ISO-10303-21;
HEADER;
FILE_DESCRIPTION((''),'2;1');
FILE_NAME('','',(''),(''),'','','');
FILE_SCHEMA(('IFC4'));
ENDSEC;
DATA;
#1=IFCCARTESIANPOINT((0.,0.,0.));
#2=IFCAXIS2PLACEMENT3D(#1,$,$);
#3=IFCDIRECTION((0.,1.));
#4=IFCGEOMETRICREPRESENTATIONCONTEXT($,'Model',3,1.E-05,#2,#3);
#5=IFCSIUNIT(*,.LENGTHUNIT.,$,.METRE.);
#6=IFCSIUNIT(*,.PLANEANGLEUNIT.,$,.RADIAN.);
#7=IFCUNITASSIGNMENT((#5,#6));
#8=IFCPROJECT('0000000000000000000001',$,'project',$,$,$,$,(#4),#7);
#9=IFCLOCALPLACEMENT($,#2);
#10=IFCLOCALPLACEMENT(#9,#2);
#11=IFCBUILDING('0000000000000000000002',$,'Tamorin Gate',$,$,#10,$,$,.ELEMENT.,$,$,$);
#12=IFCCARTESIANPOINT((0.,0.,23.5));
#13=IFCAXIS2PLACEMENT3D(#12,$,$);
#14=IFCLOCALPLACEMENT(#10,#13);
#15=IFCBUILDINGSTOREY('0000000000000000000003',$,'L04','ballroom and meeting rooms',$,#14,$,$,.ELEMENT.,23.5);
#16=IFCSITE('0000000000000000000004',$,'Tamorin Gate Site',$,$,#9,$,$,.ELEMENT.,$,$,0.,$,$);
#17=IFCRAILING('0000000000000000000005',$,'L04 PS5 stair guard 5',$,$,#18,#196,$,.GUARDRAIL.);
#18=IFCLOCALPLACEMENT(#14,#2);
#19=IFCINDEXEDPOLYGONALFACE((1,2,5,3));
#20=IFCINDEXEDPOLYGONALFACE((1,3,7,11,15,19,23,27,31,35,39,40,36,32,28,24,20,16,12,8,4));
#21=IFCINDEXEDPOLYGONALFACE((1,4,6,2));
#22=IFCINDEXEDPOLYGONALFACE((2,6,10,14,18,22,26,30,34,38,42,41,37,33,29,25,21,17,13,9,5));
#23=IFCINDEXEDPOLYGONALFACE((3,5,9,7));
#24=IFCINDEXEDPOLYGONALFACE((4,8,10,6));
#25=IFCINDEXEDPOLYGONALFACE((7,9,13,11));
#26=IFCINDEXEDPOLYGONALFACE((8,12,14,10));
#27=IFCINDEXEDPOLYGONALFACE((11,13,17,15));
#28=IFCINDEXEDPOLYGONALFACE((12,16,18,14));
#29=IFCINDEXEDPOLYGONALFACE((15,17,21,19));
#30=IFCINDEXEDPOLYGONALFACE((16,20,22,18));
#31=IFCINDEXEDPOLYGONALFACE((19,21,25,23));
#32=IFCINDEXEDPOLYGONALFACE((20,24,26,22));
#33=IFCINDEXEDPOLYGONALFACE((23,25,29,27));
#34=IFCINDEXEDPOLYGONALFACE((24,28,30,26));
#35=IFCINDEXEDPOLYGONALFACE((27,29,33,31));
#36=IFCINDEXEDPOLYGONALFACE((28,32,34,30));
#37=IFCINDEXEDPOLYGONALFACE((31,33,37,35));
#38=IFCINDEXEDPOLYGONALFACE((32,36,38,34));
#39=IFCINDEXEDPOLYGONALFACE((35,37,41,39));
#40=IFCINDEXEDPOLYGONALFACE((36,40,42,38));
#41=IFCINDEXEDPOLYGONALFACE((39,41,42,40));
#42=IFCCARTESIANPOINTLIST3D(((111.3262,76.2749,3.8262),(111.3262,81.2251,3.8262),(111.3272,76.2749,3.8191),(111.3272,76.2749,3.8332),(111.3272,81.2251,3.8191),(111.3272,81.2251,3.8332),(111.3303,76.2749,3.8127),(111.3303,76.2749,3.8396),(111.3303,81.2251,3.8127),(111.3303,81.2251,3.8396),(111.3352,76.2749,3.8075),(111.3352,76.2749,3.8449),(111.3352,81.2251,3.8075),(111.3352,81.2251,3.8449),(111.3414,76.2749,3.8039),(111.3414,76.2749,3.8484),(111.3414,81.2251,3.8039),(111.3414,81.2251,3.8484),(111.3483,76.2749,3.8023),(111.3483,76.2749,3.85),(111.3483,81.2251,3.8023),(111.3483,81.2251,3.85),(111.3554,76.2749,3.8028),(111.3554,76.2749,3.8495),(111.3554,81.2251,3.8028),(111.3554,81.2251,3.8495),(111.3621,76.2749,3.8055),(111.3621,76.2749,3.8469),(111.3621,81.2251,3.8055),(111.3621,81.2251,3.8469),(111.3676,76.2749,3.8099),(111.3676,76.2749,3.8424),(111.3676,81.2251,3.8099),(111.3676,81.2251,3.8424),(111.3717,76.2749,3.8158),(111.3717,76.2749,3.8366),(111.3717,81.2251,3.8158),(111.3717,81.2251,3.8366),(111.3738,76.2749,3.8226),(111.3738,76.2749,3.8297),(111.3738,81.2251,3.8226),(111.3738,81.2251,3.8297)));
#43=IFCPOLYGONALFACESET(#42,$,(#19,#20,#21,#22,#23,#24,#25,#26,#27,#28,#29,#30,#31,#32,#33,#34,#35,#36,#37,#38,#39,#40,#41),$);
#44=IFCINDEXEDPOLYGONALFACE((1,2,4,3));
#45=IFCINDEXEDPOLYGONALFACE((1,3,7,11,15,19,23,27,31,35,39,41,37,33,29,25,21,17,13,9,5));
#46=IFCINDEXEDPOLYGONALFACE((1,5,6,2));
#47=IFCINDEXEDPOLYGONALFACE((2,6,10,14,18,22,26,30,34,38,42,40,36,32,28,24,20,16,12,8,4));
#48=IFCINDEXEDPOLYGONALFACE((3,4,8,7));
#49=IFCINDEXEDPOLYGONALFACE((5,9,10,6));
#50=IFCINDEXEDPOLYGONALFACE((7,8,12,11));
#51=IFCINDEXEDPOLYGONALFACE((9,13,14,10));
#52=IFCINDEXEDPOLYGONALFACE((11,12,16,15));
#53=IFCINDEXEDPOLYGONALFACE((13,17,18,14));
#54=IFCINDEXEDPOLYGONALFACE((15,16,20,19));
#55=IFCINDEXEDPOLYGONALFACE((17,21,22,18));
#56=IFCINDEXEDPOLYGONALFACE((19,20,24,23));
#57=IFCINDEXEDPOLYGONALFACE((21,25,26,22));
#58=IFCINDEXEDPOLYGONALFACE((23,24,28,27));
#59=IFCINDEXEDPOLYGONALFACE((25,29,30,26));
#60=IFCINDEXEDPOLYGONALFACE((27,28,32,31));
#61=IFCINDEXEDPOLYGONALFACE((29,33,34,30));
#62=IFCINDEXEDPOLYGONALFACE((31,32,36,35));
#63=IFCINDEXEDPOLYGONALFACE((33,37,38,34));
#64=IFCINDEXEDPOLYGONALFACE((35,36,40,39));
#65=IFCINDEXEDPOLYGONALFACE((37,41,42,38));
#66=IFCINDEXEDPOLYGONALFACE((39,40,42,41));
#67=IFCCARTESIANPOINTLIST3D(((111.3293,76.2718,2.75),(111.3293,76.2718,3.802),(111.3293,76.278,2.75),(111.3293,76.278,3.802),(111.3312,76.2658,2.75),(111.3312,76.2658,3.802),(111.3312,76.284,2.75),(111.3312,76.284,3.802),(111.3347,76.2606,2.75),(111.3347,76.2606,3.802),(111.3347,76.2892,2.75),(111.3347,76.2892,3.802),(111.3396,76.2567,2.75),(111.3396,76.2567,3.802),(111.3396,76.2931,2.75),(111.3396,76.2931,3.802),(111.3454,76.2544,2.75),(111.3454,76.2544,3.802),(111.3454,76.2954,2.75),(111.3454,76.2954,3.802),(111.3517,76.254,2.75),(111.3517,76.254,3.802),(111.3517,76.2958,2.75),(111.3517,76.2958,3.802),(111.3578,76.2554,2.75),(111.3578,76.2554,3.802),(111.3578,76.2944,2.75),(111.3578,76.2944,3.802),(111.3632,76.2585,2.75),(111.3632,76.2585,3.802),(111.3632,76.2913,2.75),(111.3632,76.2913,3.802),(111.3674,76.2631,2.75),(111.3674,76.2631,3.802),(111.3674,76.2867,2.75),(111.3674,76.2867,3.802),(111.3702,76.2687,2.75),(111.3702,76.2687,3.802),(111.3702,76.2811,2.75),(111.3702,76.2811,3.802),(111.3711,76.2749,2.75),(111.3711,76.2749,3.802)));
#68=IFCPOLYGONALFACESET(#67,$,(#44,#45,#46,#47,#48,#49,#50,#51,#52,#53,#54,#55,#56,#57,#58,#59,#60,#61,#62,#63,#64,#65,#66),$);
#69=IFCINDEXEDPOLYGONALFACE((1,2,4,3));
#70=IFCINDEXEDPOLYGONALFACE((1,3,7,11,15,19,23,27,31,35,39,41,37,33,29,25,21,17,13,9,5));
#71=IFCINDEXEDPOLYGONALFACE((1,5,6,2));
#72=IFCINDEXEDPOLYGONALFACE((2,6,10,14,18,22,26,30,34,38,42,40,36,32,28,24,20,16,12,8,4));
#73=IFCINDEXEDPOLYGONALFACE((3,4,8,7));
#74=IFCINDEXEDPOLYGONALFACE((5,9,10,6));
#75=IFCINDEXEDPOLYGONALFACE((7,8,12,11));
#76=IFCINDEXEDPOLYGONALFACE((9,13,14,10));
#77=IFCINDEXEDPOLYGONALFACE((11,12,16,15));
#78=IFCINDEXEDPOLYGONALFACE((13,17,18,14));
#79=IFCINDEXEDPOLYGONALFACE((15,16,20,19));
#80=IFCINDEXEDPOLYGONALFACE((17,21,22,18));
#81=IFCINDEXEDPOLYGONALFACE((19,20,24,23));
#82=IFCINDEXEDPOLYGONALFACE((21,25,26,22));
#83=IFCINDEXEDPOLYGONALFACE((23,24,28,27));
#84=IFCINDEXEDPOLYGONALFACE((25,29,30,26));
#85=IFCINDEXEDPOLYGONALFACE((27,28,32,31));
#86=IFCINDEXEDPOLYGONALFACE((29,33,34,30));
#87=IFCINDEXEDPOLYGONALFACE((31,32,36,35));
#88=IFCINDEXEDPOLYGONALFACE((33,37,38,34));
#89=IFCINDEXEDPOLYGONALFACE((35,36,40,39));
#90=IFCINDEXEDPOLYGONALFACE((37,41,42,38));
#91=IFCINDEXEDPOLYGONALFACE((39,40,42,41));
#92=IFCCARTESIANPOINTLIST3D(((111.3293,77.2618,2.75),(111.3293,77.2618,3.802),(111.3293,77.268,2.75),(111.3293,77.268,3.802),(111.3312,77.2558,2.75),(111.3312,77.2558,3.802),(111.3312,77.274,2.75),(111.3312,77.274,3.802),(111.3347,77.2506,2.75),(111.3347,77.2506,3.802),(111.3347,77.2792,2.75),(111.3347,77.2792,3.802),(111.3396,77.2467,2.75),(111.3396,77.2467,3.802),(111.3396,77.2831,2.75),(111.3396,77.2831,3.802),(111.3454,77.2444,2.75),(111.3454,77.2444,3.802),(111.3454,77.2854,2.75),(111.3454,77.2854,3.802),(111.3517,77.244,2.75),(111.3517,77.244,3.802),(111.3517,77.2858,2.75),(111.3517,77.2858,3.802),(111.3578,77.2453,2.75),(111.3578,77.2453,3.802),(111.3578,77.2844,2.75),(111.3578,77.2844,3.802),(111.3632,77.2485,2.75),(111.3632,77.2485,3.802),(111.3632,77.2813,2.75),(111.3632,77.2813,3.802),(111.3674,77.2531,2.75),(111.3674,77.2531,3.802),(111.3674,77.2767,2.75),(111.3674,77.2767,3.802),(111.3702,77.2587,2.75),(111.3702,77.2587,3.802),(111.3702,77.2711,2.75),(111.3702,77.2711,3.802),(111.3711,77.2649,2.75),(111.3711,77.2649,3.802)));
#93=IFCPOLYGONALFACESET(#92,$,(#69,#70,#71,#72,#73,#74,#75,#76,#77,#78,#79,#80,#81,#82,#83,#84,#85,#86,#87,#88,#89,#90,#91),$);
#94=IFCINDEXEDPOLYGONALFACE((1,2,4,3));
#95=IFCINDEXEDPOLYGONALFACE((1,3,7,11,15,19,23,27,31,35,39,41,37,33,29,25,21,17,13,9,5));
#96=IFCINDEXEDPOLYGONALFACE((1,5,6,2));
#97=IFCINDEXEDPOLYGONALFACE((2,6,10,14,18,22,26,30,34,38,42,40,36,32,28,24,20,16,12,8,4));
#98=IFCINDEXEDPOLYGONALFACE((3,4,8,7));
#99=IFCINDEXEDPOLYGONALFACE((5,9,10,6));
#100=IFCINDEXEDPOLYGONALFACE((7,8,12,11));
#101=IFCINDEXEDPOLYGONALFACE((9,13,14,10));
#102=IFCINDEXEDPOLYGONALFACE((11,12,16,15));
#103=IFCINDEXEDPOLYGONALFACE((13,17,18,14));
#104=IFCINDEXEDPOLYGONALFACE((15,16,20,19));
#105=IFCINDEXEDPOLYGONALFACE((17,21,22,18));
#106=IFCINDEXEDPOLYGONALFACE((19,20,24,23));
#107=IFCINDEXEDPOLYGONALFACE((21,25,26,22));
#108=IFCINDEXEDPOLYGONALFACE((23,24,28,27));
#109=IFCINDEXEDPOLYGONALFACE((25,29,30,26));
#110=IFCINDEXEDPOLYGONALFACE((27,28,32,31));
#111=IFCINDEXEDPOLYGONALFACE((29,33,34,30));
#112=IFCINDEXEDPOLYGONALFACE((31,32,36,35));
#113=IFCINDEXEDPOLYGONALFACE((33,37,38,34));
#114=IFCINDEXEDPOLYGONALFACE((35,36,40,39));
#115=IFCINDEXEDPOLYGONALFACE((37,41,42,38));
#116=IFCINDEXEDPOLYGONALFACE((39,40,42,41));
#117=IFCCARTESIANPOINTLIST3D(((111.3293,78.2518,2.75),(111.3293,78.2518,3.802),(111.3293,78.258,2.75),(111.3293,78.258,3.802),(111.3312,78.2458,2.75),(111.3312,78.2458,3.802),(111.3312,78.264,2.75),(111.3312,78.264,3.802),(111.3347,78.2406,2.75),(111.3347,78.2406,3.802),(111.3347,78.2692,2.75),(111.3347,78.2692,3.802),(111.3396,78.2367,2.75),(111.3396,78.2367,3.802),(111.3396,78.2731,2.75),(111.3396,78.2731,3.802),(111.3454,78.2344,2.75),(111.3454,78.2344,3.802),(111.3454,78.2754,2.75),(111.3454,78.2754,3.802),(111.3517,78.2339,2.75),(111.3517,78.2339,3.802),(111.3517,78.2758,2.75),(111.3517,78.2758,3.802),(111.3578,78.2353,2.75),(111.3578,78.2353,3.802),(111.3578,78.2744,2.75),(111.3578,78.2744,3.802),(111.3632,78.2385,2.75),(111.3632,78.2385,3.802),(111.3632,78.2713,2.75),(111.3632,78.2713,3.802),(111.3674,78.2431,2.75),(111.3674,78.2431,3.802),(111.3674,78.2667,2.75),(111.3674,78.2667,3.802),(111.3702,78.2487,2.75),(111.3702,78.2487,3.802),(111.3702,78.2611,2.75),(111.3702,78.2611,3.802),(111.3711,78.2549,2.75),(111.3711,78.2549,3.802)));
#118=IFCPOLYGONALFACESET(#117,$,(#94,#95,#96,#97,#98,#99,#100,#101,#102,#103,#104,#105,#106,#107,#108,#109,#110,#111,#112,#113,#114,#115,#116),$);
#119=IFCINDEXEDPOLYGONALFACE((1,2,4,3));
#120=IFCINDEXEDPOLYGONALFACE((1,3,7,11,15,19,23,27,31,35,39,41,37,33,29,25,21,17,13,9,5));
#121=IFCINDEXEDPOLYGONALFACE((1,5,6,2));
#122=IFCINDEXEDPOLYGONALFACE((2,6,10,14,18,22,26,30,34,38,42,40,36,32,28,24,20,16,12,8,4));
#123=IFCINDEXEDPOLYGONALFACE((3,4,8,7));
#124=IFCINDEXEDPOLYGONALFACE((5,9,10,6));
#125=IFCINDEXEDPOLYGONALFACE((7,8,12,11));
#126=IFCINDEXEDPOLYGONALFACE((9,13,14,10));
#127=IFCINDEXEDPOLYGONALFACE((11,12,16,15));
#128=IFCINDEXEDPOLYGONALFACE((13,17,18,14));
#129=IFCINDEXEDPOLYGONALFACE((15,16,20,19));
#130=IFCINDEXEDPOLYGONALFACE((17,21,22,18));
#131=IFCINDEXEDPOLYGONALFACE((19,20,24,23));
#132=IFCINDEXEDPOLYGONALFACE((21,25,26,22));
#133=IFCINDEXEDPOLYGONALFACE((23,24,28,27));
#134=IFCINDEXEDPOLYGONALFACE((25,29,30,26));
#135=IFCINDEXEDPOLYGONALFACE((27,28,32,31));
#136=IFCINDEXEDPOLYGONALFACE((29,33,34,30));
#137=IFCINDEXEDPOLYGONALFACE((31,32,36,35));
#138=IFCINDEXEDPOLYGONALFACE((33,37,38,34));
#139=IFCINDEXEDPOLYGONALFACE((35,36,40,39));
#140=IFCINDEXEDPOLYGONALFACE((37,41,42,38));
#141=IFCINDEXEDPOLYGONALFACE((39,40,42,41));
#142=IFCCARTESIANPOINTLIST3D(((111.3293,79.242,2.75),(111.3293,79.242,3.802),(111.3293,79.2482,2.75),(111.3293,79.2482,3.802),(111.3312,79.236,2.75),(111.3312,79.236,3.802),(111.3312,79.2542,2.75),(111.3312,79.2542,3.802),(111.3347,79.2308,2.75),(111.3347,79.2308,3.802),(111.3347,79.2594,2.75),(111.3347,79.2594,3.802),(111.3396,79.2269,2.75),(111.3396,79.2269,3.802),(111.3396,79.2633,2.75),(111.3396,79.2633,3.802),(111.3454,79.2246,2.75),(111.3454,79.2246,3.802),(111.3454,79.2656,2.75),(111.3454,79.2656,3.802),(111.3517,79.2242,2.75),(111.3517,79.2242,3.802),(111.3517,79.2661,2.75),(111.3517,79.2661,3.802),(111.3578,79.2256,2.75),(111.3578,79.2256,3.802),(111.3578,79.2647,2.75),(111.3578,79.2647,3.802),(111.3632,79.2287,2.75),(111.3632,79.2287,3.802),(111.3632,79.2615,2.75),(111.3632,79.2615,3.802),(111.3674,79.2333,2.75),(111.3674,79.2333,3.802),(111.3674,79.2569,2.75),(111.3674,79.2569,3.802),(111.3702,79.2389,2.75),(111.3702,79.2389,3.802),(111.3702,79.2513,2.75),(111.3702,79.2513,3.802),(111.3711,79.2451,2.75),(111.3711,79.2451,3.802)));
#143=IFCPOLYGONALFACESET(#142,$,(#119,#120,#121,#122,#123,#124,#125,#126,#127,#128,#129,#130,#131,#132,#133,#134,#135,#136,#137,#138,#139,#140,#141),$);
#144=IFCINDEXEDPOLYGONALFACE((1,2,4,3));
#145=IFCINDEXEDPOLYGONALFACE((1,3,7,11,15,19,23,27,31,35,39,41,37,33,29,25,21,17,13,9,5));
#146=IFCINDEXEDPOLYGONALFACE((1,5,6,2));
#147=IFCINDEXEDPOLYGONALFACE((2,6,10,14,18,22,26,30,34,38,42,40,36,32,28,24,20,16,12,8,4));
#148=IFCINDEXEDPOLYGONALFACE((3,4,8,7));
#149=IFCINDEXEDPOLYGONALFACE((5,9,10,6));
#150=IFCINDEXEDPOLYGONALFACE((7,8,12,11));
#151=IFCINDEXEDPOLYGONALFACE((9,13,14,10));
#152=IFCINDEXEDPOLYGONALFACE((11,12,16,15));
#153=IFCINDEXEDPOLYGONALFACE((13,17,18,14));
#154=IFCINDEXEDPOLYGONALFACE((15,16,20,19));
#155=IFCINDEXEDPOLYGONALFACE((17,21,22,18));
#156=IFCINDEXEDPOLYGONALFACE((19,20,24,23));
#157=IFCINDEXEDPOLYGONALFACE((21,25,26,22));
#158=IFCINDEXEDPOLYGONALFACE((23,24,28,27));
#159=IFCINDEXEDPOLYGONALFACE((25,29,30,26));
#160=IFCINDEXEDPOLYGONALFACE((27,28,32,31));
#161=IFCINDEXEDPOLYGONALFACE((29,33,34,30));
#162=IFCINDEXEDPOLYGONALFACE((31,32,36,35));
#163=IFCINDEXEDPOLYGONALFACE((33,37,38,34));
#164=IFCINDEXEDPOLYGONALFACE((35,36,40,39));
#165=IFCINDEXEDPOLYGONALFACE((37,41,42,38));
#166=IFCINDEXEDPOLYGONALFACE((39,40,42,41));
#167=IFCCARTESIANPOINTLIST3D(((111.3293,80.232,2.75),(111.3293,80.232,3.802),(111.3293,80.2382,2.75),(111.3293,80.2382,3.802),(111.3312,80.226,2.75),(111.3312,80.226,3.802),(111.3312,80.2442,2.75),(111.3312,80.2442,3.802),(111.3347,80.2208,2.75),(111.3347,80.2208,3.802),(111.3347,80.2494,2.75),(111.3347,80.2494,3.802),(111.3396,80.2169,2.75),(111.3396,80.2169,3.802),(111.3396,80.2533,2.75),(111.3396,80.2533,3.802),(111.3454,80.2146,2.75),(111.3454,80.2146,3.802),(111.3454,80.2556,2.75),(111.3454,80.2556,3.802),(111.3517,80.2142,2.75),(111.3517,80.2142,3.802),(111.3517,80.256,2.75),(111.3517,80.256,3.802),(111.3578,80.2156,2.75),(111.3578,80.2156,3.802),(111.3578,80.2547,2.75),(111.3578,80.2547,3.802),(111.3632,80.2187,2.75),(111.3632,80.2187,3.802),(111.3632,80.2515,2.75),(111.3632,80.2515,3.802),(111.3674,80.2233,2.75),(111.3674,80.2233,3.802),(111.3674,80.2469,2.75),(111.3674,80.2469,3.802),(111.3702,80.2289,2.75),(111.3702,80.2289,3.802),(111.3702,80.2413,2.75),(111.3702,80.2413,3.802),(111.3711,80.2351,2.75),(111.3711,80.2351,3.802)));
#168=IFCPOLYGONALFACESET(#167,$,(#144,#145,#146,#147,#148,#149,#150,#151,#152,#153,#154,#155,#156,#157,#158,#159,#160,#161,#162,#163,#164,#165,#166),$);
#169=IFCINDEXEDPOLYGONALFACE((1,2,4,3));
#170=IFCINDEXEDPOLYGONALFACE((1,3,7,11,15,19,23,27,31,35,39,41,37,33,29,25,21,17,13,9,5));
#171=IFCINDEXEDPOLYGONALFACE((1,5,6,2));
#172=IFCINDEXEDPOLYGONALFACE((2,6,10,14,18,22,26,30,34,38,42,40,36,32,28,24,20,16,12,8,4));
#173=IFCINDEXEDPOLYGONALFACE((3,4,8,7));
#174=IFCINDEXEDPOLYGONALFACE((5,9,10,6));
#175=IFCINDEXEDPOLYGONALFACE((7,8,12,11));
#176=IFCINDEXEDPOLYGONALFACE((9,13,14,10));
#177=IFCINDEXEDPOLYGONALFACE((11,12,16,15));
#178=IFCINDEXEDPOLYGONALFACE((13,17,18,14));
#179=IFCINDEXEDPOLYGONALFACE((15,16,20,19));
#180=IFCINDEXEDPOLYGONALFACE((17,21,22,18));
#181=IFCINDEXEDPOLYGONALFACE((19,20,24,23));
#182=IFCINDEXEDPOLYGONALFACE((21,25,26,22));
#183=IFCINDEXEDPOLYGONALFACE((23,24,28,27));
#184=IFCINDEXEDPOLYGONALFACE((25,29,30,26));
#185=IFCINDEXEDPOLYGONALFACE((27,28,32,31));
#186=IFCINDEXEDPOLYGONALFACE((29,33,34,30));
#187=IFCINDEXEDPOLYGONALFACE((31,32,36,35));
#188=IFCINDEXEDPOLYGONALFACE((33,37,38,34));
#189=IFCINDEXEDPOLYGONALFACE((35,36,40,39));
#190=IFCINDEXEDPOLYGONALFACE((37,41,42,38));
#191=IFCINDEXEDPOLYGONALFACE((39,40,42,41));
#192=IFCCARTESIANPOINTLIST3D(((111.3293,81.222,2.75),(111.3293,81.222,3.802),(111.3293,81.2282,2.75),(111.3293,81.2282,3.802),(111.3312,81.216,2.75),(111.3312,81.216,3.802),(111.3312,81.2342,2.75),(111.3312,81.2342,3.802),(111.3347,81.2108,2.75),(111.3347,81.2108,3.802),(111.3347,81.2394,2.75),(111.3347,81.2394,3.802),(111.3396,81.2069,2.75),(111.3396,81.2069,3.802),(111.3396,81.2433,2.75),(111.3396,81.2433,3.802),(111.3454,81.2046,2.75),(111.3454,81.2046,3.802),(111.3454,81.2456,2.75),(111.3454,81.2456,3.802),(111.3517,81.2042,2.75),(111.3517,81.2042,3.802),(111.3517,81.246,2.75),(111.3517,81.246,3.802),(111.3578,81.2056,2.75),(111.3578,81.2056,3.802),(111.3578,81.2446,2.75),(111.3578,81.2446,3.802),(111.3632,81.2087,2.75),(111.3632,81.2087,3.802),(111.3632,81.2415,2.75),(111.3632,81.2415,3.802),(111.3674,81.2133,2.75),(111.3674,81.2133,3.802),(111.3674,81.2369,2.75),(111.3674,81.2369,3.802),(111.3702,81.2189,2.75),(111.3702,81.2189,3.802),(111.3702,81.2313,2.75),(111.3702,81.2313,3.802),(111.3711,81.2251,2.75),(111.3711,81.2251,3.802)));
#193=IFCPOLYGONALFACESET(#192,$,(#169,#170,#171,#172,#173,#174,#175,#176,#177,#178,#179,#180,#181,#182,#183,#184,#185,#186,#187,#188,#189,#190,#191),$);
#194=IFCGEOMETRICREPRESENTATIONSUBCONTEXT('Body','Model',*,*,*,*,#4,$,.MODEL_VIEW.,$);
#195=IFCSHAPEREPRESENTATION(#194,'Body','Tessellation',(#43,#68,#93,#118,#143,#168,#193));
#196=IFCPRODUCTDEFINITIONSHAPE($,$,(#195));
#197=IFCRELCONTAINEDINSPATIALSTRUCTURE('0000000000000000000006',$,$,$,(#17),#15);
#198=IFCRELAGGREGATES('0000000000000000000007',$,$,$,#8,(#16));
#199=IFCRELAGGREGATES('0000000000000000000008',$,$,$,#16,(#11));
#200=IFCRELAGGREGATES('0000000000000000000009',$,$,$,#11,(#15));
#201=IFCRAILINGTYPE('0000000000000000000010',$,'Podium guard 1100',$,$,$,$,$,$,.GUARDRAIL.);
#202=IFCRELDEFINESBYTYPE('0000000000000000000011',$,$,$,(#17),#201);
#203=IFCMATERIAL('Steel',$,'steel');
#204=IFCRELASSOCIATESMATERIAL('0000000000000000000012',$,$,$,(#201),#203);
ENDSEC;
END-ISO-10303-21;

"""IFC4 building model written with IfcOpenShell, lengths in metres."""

from ifc_helpers import new_model, si_unit, direction, frame, origin, origin_2d, place, context, subcontext, project, spatial, circle, extrude, material, type_object, element, save


model = new_model("IFC4")

# Units and contexts
model_context = context("Model", 3, precision=1e-05, world=origin(), true_north=direction((0.0, 1.0)))
body_context = subcontext(model_context, "Body", "Model", "MODEL_VIEW")
ifc_project = project(units=[si_unit("LENGTHUNIT", "METRE"), si_unit("PLANEANGLEUNIT", "RADIAN")], contexts=[model_context])

# Site, building, storey
site_placement = place(None, origin())
site = spatial("IfcSite", under=ifc_project, at=site_placement, Name="Tamorin Gate Site", CompositionType="ELEMENT", RefElevation=0.0)
building_placement = place(site_placement, origin())
building = spatial("IfcBuilding", under=site, at=building_placement, Name="Tamorin Gate", CompositionType="ELEMENT")
storey_placement = place(building_placement, frame((0.0, 0.0, 23.5)))
storey = spatial("IfcBuildingStorey", under=building, at=storey_placement, Name="L04", Description="ballroom and meeting rooms", CompositionType="ELEMENT", Elevation=23.5)

# Railing
ifc_material_1 = material(Name="Steel", Category="steel")
railing_type = type_object("IfcRailingType", Name="Podium guard 1100", PredefinedType="GUARDRAIL", material=ifc_material_1)
railing_1_placement = place(storey_placement, frame((111.3501, 76.2749, 2.75)))
element("IfcRailing", 1, at=railing_1_placement, inside=storey, type_object=railing_type, Name="L04 PS5 stair guard 5", PredefinedType="GUARDRAIL", context=body_context, shape_type="SweptSolid", body=[
    extrude(circle(Radius=0.0239, at=origin_2d()), frame((0.0, 0.0, 1.0762), z_axis=(0.0, 1.0, 0.0), x_axis=(-1.0, 0.0, 0.0)), (0.0, 0.0, 1.0), 4.9502),
    extrude(circle(Radius=0.021, at=origin_2d()), origin(), (0.0, 0.0, 1.0), 1.052),
    extrude(circle(Radius=0.021, at=origin_2d()), frame((0.0, 0.99, 0.0)), (0.0, 0.0, 1.0), 1.052),
    extrude(circle(Radius=0.021, at=origin_2d()), frame((0.0, 1.98, 0.0)), (0.0, 0.0, 1.0), 1.052),
    extrude(circle(Radius=0.021, at=origin_2d()), frame((0.0, 2.9702, 0.0)), (0.0, 0.0, 1.0), 1.052),
    extrude(circle(Radius=0.021, at=origin_2d()), frame((0.0, 3.9602, 0.0)), (0.0, 0.0, 1.0), 1.052),
    extrude(circle(Radius=0.021, at=origin_2d()), frame((0.0, 4.9502, 0.0)), (0.0, 0.0, 1.0), 1.052),
])

save(model, "model.ifc")
